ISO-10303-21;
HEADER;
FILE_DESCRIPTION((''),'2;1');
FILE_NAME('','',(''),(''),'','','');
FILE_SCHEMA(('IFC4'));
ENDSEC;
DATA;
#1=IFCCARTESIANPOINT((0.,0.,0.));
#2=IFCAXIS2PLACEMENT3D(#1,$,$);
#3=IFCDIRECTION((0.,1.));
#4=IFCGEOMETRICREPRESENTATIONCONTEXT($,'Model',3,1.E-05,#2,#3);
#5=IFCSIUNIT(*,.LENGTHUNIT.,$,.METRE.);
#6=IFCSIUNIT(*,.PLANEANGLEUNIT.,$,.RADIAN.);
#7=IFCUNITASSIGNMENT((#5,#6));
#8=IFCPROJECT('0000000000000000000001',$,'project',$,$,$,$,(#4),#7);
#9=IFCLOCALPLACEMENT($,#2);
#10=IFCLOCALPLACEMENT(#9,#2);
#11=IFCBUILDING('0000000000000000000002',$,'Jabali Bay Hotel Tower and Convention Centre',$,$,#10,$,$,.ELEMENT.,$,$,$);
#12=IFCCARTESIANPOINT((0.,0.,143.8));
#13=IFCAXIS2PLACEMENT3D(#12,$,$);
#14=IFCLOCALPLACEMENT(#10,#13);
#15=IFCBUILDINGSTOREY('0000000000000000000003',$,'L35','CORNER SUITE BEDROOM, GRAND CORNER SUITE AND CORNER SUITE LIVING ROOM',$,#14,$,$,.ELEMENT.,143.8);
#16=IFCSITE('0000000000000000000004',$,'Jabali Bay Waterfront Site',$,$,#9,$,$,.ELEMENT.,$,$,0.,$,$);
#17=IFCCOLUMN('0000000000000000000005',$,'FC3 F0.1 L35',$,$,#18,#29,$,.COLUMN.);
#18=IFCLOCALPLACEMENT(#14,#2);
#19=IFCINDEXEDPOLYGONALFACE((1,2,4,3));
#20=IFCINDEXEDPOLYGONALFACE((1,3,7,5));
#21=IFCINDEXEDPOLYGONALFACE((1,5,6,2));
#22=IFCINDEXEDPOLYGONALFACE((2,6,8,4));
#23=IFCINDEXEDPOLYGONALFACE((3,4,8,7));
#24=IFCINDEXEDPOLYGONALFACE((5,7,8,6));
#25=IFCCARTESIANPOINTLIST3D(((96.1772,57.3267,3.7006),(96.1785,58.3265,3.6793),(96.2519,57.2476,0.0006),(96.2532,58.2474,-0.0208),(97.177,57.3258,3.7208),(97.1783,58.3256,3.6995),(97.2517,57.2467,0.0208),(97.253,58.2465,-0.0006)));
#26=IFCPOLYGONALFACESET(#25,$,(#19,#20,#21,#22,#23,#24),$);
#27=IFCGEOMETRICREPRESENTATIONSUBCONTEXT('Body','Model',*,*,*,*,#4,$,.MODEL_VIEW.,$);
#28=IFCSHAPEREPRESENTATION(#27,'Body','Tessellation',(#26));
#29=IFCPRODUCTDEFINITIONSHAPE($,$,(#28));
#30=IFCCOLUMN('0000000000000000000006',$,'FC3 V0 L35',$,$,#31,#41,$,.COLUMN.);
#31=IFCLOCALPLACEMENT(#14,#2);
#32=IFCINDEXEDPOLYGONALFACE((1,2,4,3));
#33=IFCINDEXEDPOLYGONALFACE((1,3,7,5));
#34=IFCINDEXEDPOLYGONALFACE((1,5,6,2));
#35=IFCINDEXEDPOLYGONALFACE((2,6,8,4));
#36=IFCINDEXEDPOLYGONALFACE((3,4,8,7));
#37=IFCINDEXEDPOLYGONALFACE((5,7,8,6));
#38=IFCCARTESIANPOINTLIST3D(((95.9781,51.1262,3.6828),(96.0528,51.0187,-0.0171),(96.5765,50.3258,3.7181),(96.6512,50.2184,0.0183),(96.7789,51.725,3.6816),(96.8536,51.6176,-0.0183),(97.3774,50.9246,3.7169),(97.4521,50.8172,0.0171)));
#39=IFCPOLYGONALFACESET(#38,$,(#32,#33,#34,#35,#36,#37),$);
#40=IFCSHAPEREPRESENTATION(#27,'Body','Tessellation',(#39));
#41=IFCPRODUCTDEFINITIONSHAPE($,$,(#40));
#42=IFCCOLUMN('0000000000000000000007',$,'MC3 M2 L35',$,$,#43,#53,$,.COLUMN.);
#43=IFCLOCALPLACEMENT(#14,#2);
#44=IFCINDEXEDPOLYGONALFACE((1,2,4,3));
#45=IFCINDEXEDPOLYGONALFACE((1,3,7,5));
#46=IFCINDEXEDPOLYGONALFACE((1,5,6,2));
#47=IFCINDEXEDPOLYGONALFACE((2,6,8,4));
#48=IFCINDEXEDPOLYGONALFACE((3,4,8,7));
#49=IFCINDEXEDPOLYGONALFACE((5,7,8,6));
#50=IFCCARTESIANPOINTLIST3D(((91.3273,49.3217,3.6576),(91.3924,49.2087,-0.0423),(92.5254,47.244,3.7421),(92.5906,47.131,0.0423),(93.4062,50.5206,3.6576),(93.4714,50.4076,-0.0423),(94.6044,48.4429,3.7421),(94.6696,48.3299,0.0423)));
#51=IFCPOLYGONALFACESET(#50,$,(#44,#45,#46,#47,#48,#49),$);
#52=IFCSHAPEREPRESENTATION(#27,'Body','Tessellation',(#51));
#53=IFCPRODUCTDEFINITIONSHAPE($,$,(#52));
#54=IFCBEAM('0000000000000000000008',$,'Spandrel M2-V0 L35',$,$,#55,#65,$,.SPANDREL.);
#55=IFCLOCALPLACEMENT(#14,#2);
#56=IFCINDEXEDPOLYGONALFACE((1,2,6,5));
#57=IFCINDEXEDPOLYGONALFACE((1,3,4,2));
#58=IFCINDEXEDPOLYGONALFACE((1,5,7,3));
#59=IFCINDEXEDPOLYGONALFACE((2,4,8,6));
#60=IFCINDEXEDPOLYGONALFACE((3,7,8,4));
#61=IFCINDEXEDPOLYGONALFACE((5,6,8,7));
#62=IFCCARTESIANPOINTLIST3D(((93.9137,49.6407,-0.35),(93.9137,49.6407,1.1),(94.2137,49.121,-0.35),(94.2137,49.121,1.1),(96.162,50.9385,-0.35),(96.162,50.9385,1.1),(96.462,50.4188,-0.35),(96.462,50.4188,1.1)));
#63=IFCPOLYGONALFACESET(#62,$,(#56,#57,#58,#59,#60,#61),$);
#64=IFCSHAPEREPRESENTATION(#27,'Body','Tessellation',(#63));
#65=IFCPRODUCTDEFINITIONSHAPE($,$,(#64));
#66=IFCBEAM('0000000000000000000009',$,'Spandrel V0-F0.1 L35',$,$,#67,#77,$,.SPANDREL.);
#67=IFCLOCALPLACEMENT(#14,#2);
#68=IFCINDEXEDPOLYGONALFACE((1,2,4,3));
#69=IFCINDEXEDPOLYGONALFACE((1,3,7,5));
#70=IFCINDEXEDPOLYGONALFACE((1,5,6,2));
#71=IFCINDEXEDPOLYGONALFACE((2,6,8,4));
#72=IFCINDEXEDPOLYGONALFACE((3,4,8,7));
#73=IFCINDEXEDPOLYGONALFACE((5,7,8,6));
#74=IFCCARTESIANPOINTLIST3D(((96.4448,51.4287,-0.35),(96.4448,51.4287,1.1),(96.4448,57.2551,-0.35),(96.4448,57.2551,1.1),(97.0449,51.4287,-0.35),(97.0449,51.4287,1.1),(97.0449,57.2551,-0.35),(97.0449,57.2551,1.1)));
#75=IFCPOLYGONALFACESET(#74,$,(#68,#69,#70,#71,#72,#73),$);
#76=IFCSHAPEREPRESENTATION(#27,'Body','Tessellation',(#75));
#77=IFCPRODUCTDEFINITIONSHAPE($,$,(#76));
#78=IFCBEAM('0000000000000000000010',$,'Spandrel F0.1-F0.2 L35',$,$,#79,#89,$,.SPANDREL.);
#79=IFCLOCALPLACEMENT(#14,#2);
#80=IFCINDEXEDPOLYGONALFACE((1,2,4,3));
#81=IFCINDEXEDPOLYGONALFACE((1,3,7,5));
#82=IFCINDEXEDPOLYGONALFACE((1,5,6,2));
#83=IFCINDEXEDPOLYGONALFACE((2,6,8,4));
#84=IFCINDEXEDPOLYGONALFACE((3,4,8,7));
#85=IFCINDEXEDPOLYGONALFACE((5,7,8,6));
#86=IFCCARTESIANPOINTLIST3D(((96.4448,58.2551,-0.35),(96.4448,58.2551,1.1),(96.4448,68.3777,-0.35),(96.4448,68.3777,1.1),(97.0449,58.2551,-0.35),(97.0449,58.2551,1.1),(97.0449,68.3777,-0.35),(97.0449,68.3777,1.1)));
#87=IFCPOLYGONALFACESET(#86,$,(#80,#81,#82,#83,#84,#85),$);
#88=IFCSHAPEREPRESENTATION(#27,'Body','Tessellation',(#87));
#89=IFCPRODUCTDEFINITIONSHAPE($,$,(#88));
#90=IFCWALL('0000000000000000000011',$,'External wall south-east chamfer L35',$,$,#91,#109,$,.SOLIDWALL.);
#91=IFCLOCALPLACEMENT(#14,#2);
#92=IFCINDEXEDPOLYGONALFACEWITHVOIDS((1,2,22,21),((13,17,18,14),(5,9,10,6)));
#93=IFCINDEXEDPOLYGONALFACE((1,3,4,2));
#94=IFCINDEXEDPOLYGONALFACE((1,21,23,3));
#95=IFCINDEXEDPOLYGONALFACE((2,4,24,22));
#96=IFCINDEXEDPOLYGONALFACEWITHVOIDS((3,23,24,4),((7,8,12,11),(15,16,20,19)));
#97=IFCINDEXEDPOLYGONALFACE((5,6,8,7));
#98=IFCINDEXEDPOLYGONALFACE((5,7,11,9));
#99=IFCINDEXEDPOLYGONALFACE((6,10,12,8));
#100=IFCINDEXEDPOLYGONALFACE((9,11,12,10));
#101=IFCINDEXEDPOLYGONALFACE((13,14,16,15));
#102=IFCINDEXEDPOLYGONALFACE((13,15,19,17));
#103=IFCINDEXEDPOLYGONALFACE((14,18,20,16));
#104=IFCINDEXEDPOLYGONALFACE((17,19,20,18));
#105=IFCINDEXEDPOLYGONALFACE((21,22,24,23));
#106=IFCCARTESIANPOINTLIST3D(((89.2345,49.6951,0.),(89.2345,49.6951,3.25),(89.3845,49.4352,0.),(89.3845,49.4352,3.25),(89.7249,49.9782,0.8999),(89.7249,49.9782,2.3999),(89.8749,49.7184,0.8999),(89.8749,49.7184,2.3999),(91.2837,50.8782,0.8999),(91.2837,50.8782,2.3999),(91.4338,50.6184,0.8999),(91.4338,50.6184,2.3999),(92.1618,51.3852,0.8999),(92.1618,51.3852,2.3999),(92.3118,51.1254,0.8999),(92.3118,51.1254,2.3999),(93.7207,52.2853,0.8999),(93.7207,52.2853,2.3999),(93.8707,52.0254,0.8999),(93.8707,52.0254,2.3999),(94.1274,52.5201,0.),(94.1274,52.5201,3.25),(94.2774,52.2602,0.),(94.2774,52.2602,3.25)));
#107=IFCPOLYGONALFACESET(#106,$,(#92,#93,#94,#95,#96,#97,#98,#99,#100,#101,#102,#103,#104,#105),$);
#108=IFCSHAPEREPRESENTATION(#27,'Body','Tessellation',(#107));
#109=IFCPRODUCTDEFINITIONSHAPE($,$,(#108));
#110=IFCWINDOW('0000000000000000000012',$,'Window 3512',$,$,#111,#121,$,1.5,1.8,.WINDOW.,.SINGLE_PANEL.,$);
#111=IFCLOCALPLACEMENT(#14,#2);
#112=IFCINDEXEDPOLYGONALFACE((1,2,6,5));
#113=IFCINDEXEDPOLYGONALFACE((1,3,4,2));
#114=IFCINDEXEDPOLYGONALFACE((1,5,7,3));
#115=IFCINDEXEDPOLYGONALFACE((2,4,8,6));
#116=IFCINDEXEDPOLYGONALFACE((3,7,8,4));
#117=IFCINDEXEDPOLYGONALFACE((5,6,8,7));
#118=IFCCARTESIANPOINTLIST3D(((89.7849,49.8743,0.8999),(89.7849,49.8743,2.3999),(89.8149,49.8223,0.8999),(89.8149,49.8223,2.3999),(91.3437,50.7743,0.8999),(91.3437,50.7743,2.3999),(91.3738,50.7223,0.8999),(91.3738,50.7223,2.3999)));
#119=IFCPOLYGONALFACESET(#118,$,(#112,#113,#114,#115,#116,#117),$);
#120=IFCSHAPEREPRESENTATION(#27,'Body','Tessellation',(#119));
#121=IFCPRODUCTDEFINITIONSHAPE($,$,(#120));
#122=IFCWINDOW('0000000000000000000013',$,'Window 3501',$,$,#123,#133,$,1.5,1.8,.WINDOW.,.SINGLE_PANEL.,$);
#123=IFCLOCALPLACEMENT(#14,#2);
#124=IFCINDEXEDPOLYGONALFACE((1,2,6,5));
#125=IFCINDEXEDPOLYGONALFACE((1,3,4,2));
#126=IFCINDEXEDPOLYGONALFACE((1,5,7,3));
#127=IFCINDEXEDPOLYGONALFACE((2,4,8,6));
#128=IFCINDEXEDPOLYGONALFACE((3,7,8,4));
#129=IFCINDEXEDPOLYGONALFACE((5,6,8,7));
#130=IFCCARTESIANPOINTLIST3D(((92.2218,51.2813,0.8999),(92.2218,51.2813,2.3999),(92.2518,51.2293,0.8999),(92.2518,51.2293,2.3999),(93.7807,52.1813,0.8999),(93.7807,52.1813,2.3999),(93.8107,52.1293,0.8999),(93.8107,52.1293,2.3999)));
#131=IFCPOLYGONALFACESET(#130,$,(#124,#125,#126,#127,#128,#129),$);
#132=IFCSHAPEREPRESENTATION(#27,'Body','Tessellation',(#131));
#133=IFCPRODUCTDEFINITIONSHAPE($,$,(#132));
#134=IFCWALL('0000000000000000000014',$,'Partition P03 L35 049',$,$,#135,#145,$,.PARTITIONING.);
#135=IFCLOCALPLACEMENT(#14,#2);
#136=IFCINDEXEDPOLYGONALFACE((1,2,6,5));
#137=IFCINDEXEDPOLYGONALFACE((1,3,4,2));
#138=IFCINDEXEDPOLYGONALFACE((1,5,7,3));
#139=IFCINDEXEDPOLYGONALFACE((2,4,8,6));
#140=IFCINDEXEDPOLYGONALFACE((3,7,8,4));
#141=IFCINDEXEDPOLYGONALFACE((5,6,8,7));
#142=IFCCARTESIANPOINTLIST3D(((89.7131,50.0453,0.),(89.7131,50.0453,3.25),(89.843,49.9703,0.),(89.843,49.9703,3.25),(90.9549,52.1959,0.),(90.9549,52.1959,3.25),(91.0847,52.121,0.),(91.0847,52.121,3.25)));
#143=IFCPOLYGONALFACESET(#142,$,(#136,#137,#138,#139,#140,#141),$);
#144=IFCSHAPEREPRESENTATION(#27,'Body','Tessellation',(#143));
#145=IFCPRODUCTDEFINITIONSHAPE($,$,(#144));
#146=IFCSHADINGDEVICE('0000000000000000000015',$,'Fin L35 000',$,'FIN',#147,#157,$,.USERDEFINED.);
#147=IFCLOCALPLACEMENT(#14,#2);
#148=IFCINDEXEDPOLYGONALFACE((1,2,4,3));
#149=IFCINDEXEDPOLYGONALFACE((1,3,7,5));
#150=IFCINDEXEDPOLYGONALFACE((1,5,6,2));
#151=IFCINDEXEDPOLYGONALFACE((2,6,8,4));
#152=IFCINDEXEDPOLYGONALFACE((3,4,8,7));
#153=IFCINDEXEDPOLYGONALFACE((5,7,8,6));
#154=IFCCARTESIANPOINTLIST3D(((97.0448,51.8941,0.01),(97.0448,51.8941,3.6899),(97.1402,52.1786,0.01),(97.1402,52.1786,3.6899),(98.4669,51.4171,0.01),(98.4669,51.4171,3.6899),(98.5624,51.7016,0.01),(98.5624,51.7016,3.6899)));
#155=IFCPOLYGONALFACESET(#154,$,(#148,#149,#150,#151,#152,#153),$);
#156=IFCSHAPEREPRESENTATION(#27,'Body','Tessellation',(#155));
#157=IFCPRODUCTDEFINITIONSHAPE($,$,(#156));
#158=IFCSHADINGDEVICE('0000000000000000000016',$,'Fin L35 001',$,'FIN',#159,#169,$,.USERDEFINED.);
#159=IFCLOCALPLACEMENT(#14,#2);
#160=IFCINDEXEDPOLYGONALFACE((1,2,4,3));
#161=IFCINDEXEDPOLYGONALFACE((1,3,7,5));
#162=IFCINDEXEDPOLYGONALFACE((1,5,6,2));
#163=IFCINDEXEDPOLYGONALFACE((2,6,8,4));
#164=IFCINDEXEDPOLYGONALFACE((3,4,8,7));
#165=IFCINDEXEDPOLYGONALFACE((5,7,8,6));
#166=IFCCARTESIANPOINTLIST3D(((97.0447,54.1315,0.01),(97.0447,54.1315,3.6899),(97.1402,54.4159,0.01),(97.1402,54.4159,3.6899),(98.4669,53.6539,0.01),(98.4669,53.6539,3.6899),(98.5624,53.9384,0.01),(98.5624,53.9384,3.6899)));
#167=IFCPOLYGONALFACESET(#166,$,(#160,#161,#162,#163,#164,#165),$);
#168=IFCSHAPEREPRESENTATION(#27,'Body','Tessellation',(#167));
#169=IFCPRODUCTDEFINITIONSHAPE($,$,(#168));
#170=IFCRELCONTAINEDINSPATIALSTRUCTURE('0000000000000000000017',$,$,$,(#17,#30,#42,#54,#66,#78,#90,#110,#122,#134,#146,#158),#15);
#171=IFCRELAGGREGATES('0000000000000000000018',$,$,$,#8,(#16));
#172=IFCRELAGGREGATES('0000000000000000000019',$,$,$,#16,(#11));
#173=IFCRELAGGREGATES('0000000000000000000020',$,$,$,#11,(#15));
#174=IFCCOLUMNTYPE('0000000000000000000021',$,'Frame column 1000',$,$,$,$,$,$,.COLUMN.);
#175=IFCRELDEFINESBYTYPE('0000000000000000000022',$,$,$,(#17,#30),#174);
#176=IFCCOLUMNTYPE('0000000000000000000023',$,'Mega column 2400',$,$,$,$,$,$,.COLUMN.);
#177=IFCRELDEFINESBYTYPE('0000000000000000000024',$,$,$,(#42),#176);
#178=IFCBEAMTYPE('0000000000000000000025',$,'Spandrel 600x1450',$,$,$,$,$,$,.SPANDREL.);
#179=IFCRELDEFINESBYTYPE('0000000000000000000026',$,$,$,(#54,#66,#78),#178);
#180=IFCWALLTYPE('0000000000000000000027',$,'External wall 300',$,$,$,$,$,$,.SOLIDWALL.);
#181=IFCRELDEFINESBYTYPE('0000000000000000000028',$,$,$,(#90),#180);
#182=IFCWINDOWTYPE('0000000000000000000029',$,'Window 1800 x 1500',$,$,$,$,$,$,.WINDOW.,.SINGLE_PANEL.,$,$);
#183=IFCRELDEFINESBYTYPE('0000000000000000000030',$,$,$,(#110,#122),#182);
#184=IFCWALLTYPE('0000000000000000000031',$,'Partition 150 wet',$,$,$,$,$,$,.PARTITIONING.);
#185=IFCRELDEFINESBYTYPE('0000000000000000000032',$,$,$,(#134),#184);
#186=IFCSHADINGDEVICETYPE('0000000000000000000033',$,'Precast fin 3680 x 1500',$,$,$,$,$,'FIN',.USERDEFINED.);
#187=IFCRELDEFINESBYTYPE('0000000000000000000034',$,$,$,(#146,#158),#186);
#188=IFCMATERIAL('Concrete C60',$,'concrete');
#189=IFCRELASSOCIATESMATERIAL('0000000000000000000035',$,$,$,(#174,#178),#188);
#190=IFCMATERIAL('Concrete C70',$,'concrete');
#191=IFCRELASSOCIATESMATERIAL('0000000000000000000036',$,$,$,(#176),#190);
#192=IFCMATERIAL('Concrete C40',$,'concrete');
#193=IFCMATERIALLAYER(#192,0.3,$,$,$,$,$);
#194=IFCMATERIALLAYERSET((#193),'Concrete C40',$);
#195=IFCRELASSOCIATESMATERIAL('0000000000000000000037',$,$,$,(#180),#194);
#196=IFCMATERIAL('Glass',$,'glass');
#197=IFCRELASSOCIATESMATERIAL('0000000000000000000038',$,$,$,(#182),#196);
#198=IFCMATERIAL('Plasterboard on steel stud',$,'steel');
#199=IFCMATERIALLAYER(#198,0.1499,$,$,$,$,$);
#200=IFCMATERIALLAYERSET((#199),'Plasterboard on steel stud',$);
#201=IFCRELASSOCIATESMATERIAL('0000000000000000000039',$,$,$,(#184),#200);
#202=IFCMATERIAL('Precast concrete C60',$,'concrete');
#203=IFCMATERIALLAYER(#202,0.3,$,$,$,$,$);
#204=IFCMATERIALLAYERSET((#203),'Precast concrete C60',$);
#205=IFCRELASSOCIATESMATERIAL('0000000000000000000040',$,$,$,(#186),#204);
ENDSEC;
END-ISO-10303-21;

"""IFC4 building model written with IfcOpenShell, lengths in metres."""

from ifc_helpers import new_model, si_unit, direction, frame, frame_2d, origin, origin_2d, place, context, subcontext, project, spatial, rectangle, extrude, material, layer, layer_set, material_profile, profile_set, type_object, element, fill, save


model = new_model("IFC4")

# Units and contexts
model_context = context("Model", 3, precision=1e-05, world=origin(), true_north=direction((0.0, 1.0)))
body_context = subcontext(model_context, "Body", "Model", "MODEL_VIEW")
ifc_project = project(units=[si_unit("LENGTHUNIT", "METRE"), si_unit("PLANEANGLEUNIT", "RADIAN")], contexts=[model_context])

# Site, building, storey
site_placement = place(None, origin())
site = spatial("IfcSite", under=ifc_project, at=site_placement, Name="Jabali Bay Waterfront Site", CompositionType="ELEMENT", RefElevation=0.0)
building_placement = place(site_placement, origin())
building = spatial("IfcBuilding", under=site, at=building_placement, Name="Jabali Bay Hotel Tower and Convention Centre", CompositionType="ELEMENT")
storey_placement = place(building_placement, frame((0.0, 0.0, 143.8)))
storey = spatial("IfcBuildingStorey", under=building, at=storey_placement, Name="L35", Description="CORNER SUITE BEDROOM, GRAND CORNER SUITE AND CORNER SUITE LIVING ROOM", CompositionType="ELEMENT", Elevation=143.8)

# Columns
ifc_material_1 = material(Name="Concrete C60", Category="concrete")
ifc_material_profile_1 = material_profile(ifc_material_1, rectangle(XDim=1.0, YDim=1.0, at=origin_2d()), Name="Frame column 1000")
ifc_profile_set_1 = profile_set([ifc_material_profile_1], Name="Concrete C60")
column_type_1 = type_object("IfcColumnType", Name="Frame column 1000", PredefinedType="COLUMN", material=ifc_profile_set_1)
column_1_placement = place(storey_placement, frame((96.7524, 57.7471, 0.0), z_axis=(-0.020183, 0.02137, 0.999568), x_axis=(-0.001315, -0.999771, 0.021348)))
element("IfcColumn", 1, at=column_1_placement, inside=storey, type_object=column_type_1, Name="FC3 F0.1 L35", PredefinedType="COLUMN", context=body_context, shape_type="SweptSolid", body=[
    extrude(rectangle(XDim=1.0, YDim=1.0, at=origin_2d()), origin(), (0.0, 0.0, 1.0), 3.7017),
])
column_2_placement = place(storey_placement, frame((96.7524, 50.918, 0.0), z_axis=(-0.020179, 0.029015, 0.999375), x_axis=(-0.800887, -0.598814, 0.001215)))
element("IfcColumn", 2, at=column_2_placement, inside=storey, type_object=column_type_1, Name="FC3 V0 L35", PredefinedType="COLUMN", context=body_context, shape_type="SweptSolid", body=[
    extrude(rectangle(XDim=1.0, YDim=1.0, at=origin_2d()), origin(), (0.0, 0.0, 1.0), 3.7021),
])
ifc_material_2 = material(Name="Concrete C70", Category="concrete")
ifc_material_profile_2 = material_profile(ifc_material_2, rectangle(XDim=2.3999, YDim=2.3999, at=origin_2d()), Name="Mega column 2400")
ifc_profile_set_2 = profile_set([ifc_material_profile_2], Name="Concrete C70")
column_type_2 = type_object("IfcColumnType", Name="Mega column 2400", PredefinedType="COLUMN", material=ifc_profile_set_2)
column_3_placement = place(storey_placement, frame((93.031, 48.7693, 0.0), z_axis=(-0.017607, 0.030532, 0.999379), x_axis=(0.49925, -0.865741, 0.035245)))
element("IfcColumn", 3, at=column_3_placement, inside=storey, type_object=column_type_2, Name="MC3 M2 L35", PredefinedType="COLUMN", context=body_context, shape_type="SweptSolid", body=[
    extrude(rectangle(XDim=2.3999, YDim=2.3999, at=origin_2d()), origin(), (0.0, 0.0, 1.0), 3.7021),
])

# Beams
ifc_material_profile_3 = material_profile(ifc_material_1, rectangle(XDim=0.6001, YDim=1.45, at=origin_2d()), Name="Spandrel 600x1450")
ifc_profile_set_3 = profile_set([ifc_material_profile_3], Name="Concrete C60")
beam_type = type_object("IfcBeamType", Name="Spandrel 600x1450", PredefinedType="SPANDREL", material=ifc_profile_set_3)
beam_1_placement = place(storey_placement, frame((94.0637, 49.3809, 0.375), z_axis=(0.866059, 0.499942, 0.0), x_axis=(-0.499942, 0.866059, 0.0)))
element("IfcBeam", 4, at=beam_1_placement, inside=storey, type_object=beam_type, Name="Spandrel M2-V0 L35", PredefinedType="SPANDREL", context=body_context, shape_type="SweptSolid", body=[
    extrude(rectangle(XDim=0.6001, YDim=1.45, at=origin_2d()), origin(), (0.0, 0.0, 1.0), 2.5959),
])
beam_2_placement = place(storey_placement, frame((96.7449, 51.4287, 0.375), z_axis=(0.0, 1.0, 0.0), x_axis=(-1.0, 0.0, 0.0)))
element("IfcBeam", 5, at=beam_2_placement, inside=storey, type_object=beam_type, Name="Spandrel V0-F0.1 L35", PredefinedType="SPANDREL", context=body_context, shape_type="SweptSolid", body=[
    extrude(rectangle(XDim=0.6001, YDim=1.45, at=origin_2d()), origin(), (0.0, 0.0, 1.0), 5.8264),
])
beam_3_placement = place(storey_placement, frame((96.7449, 58.2551, 0.375), z_axis=(0.0, 1.0, 0.0), x_axis=(-1.0, 0.0, 0.0)))
element("IfcBeam", 6, at=beam_3_placement, inside=storey, type_object=beam_type, Name="Spandrel F0.1-F0.2 L35", PredefinedType="SPANDREL", context=body_context, shape_type="SweptSolid", body=[
    extrude(rectangle(XDim=0.6001, YDim=1.45, at=origin_2d()), origin(), (0.0, 0.0, 1.0), 10.1226),
])

# Wall, openings, windows
ifc_material_3 = material(Name="Concrete C40", Category="concrete")
ifc_layer_1 = layer(ifc_material_3, 0.3)
ifc_layer_set_1 = layer_set([ifc_layer_1], Name="Concrete C40")
wall_type_1 = type_object("IfcWallType", Name="External wall 300", PredefinedType="SOLIDWALL", material=ifc_layer_set_1)
wall_1_placement = place(storey_placement, frame((94.2024, 52.3901, 0.0), z_axis=(0.0, 0.0, 1.0), x_axis=(-0.866019, -0.50001, 0.0)))
wall_1 = element("IfcWall", 7, at=wall_1_placement, inside=storey, type_object=wall_type_1, Name="External wall south-east chamfer L35", PredefinedType="SOLIDWALL", context=body_context, shape_type="SweptSolid", body=[
    extrude(rectangle(XDim=5.6499, YDim=0.3, at=frame_2d((2.825, 0.0))), origin(), (0.0, 0.0, 1.0), 3.25),
])
opening_1_placement = place(wall_1_placement, frame((3.2837, 0.0, 0.8999)))
opening_1 = element("IfcOpeningElement", 8, at=opening_1_placement, cuts=wall_1, PredefinedType="OPENING", context=body_context, shape_type="SweptSolid", body=[
    extrude(rectangle(XDim=1.8, YDim=1.5, at=frame_2d((0.8999, 0.75))), frame((0.0, 0.1606, 0.0), z_axis=(0.0, -1.0, 0.0), x_axis=(1.0, 0.0, 0.0)), (0.0, 0.0, 1.0), 0.321),
])
opening_2_placement = place(wall_1_placement, frame((0.4697, 0.0, 0.8999)))
opening_2 = element("IfcOpeningElement", 9, at=opening_2_placement, cuts=wall_1, PredefinedType="OPENING", context=body_context, shape_type="SweptSolid", body=[
    extrude(rectangle(XDim=1.8, YDim=1.5, at=frame_2d((0.8999, 0.75))), frame((0.0, 0.1606, 0.0), z_axis=(0.0, -1.0, 0.0), x_axis=(1.0, 0.0, 0.0)), (0.0, 0.0, 1.0), 0.321),
])
ifc_material_4 = material(Name="Glass", Category="glass")
window_type = type_object("IfcWindowType", Name="Window 1800 x 1500", PartitioningType="SINGLE_PANEL", PredefinedType="WINDOW", material=ifc_material_4)
window_1_placement = place(opening_1_placement, origin())
window_1 = element("IfcWindow", 10, at=window_1_placement, inside=storey, type_object=window_type, Name="Window 3512", OverallHeight=1.5, OverallWidth=1.8, PartitioningType="SINGLE_PANEL", PredefinedType="WINDOW", context=body_context, shape_type="SweptSolid", body=[
    extrude(rectangle(XDim=1.8, YDim=1.5, at=frame_2d((0.8999, 0.75))), frame((0.0, 0.03, 0.0), z_axis=(0.0, -1.0, 0.0), x_axis=(1.0, 0.0, 0.0)), (0.0, 0.0, 1.0), 0.0601),
])
fill(opening_1, window_1)
window_2_placement = place(opening_2_placement, origin())
window_2 = element("IfcWindow", 11, at=window_2_placement, inside=storey, type_object=window_type, Name="Window 3501", OverallHeight=1.5, OverallWidth=1.8, PartitioningType="SINGLE_PANEL", PredefinedType="WINDOW", context=body_context, shape_type="SweptSolid", body=[
    extrude(rectangle(XDim=1.8, YDim=1.5, at=frame_2d((0.8999, 0.75))), frame((0.0, 0.03, 0.0), z_axis=(0.0, -1.0, 0.0), x_axis=(1.0, 0.0, 0.0)), (0.0, 0.0, 1.0), 0.0601),
])
fill(opening_2, window_2)

# Wall
ifc_material_5 = material(Name="Plasterboard on steel stud", Category="steel")
ifc_layer_2 = layer(ifc_material_5, 0.1499)
ifc_layer_set_2 = layer_set([ifc_layer_2], Name="Plasterboard on steel stud")
wall_type_2 = type_object("IfcWallType", Name="Partition 150 wet", PredefinedType="PARTITIONING", material=ifc_layer_set_2)
wall_2_placement = place(storey_placement, frame((91.0198, 52.1584, 0.0), z_axis=(0.0, 0.0, 1.0), x_axis=(-0.500009, -0.86602, 0.0)))
element("IfcWall", 12, at=wall_2_placement, inside=storey, type_object=wall_type_2, Name="Partition P03 L35 049", PredefinedType="PARTITIONING", context=body_context, shape_type="SweptSolid", body=[
    extrude(rectangle(XDim=2.4834, YDim=0.1499, at=frame_2d((1.2417, 0.0))), origin(), (0.0, 0.0, 1.0), 3.25),
])

# Shading devices
ifc_material_6 = material(Name="Precast concrete C60", Category="concrete")
ifc_layer_3 = layer(ifc_material_6, 0.3)
ifc_layer_set_3 = layer_set([ifc_layer_3], Name="Precast concrete C60")
shading_device_type = type_object("IfcShadingDeviceType", Name="Precast fin 3680 x 1500", ElementType="FIN", PredefinedType="USERDEFINED", material=ifc_layer_set_3)
shading_device_1_placement = place(storey_placement, frame((97.0925, 52.0364, 0.01), z_axis=(0.0, 0.0, 1.0), x_axis=(0.948079, -0.318034, 0.0)))
element("IfcShadingDevice", 13, at=shading_device_1_placement, inside=storey, type_object=shading_device_type, Name="Fin L35 000", ObjectType="FIN", PredefinedType="USERDEFINED", context=body_context, shape_type="SweptSolid", body=[
    extrude(rectangle(XDim=1.5, YDim=0.3, at=frame_2d((0.75, 0.0))), origin(), (0.0, 0.0, 1.0), 3.6799),
])
shading_device_2_placement = place(storey_placement, frame((97.0925, 54.2737, 0.01), z_axis=(0.0, 0.0, 1.0), x_axis=(0.947981, -0.318326, 0.0)))
element("IfcShadingDevice", 14, at=shading_device_2_placement, inside=storey, type_object=shading_device_type, Name="Fin L35 001", ObjectType="FIN", PredefinedType="USERDEFINED", context=body_context, shape_type="SweptSolid", body=[
    extrude(rectangle(XDim=1.5002, YDim=0.3, at=frame_2d((0.75, 0.0))), origin(), (0.0, 0.0, 1.0), 3.6799),
])

save(model, "model.ifc")
